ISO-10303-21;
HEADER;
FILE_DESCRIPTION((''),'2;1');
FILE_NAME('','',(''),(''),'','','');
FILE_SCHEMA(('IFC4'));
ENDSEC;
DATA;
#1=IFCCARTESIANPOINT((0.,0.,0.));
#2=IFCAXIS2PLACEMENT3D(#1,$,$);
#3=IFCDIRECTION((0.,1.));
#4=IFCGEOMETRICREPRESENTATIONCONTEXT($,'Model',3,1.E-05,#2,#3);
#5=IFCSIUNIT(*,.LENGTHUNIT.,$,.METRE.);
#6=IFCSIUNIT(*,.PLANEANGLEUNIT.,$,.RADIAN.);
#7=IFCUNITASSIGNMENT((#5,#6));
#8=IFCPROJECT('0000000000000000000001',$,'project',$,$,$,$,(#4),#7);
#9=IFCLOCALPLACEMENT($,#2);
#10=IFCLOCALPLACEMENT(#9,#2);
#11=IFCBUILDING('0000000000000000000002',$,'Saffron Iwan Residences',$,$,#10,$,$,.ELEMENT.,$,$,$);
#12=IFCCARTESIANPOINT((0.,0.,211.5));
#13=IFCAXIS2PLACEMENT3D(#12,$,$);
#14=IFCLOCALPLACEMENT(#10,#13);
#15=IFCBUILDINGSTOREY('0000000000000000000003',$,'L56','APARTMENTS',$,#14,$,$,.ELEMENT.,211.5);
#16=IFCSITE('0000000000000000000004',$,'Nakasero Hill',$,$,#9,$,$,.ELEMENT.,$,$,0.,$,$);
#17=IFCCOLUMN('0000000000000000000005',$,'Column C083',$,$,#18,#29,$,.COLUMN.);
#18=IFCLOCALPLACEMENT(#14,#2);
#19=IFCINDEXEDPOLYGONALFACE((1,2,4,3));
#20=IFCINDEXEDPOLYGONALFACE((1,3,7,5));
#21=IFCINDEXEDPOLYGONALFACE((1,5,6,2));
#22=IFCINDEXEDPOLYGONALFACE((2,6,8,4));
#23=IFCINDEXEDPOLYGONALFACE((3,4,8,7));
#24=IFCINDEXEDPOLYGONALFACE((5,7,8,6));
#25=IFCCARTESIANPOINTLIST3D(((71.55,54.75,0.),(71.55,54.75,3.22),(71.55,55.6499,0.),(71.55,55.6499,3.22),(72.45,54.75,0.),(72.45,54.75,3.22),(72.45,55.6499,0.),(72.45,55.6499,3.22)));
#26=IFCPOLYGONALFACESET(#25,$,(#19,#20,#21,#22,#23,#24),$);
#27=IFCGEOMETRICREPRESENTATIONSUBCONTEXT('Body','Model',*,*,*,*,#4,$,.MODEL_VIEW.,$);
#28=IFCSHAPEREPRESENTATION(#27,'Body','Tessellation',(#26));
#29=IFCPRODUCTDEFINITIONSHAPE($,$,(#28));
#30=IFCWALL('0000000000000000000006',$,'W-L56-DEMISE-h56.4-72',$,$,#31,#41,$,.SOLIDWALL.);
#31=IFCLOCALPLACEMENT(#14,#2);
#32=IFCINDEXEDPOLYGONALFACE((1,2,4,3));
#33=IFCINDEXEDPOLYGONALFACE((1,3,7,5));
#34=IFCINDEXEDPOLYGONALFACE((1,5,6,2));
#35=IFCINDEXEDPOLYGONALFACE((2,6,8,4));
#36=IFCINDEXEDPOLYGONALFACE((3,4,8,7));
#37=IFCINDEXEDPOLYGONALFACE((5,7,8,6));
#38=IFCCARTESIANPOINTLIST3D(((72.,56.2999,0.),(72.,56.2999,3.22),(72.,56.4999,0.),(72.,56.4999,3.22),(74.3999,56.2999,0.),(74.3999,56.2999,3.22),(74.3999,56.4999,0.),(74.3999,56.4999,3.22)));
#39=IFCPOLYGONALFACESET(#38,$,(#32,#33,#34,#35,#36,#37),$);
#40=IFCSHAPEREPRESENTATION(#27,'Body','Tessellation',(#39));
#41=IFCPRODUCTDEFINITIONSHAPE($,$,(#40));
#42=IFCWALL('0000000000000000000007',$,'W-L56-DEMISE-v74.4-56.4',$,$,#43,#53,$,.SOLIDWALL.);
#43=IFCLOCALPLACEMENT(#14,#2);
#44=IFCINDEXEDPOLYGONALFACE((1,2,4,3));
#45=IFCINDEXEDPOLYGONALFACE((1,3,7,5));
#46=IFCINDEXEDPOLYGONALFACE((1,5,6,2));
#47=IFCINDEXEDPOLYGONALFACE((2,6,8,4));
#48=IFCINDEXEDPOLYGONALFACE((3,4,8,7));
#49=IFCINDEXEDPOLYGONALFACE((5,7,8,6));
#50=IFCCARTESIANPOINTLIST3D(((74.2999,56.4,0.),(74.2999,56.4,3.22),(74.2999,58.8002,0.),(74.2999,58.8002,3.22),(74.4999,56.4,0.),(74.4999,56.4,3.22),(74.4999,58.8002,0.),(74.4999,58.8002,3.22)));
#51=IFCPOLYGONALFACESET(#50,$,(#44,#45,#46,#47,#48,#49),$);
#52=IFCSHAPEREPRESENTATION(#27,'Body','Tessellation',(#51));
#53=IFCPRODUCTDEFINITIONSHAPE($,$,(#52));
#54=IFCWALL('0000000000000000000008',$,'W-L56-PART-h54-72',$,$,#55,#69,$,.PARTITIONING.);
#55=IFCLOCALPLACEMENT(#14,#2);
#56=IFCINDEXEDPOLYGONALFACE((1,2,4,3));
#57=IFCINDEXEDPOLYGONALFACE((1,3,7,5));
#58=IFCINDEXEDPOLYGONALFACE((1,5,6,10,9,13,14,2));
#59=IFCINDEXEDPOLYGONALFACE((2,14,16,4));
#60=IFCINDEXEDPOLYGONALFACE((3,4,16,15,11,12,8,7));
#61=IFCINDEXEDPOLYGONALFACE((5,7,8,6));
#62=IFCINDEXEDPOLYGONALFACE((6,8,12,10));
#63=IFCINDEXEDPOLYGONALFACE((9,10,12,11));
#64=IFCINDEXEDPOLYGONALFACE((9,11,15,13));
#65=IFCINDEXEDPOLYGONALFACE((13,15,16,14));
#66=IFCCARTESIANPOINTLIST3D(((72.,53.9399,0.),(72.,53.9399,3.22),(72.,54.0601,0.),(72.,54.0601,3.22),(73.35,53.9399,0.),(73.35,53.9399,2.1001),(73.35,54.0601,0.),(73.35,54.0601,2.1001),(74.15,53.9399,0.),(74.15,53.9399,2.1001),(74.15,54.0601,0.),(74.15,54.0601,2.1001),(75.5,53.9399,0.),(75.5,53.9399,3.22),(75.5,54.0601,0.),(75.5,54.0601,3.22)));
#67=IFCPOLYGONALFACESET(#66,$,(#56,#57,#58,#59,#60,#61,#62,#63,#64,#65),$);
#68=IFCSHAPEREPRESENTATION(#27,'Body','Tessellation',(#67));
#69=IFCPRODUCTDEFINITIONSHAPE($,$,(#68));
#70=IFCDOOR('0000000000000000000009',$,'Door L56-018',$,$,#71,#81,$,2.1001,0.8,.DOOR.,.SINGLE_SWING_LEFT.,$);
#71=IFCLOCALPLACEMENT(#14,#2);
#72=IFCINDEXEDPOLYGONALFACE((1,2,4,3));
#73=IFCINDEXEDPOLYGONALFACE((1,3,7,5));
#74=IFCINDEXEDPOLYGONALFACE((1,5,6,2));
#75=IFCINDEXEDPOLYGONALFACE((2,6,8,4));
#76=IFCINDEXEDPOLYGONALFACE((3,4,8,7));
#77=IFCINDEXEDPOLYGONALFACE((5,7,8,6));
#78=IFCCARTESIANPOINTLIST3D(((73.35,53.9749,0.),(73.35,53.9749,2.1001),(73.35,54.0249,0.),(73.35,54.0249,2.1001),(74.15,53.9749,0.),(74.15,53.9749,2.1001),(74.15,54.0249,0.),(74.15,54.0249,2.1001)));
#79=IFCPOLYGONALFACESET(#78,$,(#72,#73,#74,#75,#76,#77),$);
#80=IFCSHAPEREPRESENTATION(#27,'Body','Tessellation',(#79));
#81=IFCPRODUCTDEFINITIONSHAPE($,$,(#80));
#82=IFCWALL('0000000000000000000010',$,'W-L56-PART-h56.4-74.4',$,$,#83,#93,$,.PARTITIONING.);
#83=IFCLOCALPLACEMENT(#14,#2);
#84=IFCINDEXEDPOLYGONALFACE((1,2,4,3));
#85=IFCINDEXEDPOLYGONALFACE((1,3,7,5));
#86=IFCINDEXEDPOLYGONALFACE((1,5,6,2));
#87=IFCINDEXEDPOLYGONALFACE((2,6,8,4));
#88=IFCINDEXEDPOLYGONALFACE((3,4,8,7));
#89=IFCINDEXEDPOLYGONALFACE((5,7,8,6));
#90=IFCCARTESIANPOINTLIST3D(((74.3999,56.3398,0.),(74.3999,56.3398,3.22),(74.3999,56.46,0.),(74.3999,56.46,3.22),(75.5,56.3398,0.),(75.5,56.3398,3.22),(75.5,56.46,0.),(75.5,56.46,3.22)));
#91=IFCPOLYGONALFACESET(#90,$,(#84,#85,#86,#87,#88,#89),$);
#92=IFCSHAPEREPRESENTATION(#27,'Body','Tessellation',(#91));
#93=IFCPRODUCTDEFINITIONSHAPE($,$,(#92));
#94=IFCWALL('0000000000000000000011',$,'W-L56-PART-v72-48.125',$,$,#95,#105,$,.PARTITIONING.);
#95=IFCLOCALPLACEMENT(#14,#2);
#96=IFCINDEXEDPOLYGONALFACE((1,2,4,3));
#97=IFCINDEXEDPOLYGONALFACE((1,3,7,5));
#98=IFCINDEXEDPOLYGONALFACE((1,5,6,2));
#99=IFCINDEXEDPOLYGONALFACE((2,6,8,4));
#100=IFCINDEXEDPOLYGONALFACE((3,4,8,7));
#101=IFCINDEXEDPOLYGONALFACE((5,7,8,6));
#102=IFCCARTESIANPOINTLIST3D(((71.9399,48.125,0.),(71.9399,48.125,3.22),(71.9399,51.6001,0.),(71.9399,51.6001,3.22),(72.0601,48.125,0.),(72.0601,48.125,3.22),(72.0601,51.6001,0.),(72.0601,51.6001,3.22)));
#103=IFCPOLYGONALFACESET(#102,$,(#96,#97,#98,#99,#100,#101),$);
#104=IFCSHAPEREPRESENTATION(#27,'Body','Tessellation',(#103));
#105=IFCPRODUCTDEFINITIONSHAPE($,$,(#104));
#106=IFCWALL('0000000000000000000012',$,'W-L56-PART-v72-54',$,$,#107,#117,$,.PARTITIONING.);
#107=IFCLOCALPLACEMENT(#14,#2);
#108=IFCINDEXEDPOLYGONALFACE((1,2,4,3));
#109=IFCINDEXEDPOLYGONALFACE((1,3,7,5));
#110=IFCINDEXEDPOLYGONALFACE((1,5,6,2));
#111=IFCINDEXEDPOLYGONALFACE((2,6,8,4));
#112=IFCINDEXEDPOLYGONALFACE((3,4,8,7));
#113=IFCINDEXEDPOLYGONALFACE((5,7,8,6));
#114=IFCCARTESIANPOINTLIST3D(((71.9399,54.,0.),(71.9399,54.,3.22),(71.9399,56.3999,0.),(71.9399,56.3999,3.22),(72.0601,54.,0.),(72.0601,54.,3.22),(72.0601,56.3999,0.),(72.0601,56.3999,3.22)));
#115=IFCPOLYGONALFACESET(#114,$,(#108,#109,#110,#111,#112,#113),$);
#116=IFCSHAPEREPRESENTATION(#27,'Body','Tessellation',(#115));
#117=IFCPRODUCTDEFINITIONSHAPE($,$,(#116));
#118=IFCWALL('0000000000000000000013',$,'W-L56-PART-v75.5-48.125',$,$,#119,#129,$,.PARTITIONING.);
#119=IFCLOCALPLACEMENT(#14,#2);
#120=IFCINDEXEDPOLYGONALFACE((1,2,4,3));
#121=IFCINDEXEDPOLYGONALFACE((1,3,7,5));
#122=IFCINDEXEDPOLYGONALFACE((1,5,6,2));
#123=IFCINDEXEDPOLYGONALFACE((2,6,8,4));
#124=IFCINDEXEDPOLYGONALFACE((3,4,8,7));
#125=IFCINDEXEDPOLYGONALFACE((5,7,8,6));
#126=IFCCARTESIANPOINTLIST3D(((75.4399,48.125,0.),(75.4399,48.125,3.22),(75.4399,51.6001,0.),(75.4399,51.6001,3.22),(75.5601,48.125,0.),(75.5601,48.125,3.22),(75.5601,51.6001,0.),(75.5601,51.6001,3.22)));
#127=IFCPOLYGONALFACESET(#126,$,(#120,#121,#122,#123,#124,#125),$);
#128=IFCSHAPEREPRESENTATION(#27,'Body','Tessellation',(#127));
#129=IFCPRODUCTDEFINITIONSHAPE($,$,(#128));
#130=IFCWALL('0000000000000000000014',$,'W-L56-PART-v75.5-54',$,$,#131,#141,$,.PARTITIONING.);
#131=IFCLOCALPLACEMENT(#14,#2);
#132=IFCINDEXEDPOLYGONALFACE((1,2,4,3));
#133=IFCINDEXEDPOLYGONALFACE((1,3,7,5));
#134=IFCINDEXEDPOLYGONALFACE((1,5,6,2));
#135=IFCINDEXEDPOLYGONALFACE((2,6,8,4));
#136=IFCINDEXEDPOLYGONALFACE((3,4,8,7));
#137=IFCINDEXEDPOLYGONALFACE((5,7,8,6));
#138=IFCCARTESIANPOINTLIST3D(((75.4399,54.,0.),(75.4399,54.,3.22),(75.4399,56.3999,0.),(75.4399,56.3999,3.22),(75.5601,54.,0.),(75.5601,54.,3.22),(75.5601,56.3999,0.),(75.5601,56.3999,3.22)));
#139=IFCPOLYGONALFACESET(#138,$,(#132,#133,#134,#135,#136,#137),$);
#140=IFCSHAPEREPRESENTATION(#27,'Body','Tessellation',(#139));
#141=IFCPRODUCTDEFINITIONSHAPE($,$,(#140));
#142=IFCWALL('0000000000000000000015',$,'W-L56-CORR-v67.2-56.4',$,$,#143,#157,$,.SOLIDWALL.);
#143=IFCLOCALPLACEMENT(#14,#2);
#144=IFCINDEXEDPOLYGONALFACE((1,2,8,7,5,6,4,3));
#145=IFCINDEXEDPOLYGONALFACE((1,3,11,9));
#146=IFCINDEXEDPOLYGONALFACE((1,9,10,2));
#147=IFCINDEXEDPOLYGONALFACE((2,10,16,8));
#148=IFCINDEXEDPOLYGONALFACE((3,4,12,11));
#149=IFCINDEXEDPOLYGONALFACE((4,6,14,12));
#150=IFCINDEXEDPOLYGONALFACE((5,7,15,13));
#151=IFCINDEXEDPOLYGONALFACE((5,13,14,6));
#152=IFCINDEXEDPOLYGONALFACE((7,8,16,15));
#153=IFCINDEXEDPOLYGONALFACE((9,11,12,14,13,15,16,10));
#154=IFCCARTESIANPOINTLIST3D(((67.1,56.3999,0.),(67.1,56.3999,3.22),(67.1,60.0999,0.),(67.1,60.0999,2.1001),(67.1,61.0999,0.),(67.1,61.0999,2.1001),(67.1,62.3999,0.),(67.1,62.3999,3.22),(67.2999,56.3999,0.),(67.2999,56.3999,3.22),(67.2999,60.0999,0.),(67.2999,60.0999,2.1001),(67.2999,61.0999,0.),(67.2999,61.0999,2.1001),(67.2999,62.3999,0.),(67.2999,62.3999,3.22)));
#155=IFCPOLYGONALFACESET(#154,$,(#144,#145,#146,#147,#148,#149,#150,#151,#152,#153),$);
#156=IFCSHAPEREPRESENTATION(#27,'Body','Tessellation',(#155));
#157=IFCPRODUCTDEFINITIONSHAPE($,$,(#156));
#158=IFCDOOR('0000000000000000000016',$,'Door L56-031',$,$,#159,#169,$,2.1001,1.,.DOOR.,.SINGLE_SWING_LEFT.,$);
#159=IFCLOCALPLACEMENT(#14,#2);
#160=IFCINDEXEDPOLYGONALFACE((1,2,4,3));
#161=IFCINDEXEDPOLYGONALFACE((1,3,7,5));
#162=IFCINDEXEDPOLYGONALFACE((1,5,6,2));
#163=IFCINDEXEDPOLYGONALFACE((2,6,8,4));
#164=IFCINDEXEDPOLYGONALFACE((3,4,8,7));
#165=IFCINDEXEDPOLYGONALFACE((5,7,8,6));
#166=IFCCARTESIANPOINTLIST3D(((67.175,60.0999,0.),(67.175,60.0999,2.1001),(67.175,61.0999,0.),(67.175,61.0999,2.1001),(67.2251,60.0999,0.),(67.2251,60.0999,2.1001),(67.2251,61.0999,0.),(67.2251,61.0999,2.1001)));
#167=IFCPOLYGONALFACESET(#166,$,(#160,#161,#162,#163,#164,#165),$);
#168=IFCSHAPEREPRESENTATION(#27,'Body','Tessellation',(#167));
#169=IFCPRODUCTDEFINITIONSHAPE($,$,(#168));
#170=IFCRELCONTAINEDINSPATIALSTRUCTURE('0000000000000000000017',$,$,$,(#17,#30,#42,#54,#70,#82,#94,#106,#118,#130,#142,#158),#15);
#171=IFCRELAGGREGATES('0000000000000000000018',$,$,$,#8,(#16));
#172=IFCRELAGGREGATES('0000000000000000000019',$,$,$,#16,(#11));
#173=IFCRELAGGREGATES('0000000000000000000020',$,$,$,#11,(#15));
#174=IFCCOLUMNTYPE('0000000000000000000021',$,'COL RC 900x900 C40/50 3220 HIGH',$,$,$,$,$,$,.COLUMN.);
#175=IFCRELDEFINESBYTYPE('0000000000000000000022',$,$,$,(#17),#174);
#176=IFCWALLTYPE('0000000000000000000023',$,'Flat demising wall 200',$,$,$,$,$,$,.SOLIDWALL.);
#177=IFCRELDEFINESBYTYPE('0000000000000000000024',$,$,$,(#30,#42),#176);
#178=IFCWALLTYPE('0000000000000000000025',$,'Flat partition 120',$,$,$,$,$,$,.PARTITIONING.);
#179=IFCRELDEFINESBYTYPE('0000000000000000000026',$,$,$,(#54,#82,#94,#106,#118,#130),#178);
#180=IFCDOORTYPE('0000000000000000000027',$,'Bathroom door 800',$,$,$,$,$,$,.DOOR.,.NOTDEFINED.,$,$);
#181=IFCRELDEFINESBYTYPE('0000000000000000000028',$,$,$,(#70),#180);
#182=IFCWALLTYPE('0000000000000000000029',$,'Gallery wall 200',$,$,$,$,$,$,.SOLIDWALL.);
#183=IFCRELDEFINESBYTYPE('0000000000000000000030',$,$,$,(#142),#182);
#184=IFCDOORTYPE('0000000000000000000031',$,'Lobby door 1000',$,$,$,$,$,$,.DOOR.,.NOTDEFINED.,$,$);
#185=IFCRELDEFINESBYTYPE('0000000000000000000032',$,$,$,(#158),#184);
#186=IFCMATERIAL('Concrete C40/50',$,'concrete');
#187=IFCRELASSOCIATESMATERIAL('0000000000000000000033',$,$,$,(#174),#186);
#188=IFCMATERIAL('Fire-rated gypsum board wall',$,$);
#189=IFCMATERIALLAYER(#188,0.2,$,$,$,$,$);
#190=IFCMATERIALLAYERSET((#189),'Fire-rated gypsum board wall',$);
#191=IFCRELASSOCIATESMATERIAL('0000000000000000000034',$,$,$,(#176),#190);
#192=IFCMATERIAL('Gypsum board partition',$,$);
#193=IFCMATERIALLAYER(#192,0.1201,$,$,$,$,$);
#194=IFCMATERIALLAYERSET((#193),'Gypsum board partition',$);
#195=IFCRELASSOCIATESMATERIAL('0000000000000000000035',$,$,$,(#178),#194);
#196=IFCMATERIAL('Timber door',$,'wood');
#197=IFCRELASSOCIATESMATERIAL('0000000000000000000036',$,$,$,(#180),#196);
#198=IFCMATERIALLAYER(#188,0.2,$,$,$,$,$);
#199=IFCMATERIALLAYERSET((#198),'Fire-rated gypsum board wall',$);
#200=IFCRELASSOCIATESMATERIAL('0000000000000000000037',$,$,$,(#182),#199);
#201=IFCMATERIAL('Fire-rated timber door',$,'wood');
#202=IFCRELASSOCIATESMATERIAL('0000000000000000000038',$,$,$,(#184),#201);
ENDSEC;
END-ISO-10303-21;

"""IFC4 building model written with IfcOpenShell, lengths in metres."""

from ifc_helpers import new_model, si_unit, direction, frame, frame_2d, origin, origin_2d, place, context, subcontext, project, spatial, rectangle, extrude, source, transform, mapped, material, layer, layer_set, material_profile, profile_set, type_object, element, fill, save


model = new_model("IFC4")

# Units and contexts
model_context = context("Model", 3, precision=1e-05, world=origin(), true_north=direction((0.0, 1.0)))
body_context = subcontext(model_context, "Body", "Model", "MODEL_VIEW")
ifc_project = project(units=[si_unit("LENGTHUNIT", "METRE"), si_unit("PLANEANGLEUNIT", "RADIAN")], contexts=[model_context])

# Site, building, storey
site_placement = place(None, origin())
site = spatial("IfcSite", under=ifc_project, at=site_placement, Name="Nakasero Hill", CompositionType="ELEMENT", RefElevation=0.0)
building_placement = place(site_placement, origin())
building = spatial("IfcBuilding", under=site, at=building_placement, Name="Saffron Iwan Residences", CompositionType="ELEMENT")
storey_placement = place(building_placement, frame((0.0, 0.0, 211.5)))
storey = spatial("IfcBuildingStorey", under=building, at=storey_placement, Name="L56", Description="APARTMENTS", CompositionType="ELEMENT", Elevation=211.5)

# Column
ifc_material_1 = material(Name="Concrete C40/50", Category="concrete")
ifc_material_profile = material_profile(ifc_material_1, rectangle(XDim=0.8999, YDim=0.8999, at=origin_2d()), Name="RC 900x900")
ifc_profile_set = profile_set([ifc_material_profile], Name="Concrete C40/50")
column_type = type_object("IfcColumnType", Name="COL RC 900x900 C40/50 3220 HIGH", PredefinedType="COLUMN", material=ifc_profile_set)
shared_shape = source(origin(), body_context, "Body", "SweptSolid", [
    extrude(rectangle(XDim=0.8999, YDim=0.8999, at=origin_2d()), origin(), (0.0, 0.0, 1.0), 3.22),
])
column_placement = place(storey_placement, frame((72.0, 55.2, 0.0), z_axis=(0.0, 0.0, 1.0), x_axis=(1.0, 0.0, 0.0)))
element("IfcColumn", 1, at=column_placement, inside=storey, type_object=column_type, Name="Column C083", PredefinedType="COLUMN", context=body_context, shape_type="MappedRepresentation", body=[
    mapped(shared_shape, transform((0.0, 0.0, 0.0))),
])

# Walls
ifc_material_2 = material(Name="Fire-rated gypsum board wall")
ifc_layer_1 = layer(ifc_material_2, 0.2)
ifc_layer_set_1 = layer_set([ifc_layer_1], Name="Fire-rated gypsum board wall")
wall_type_1 = type_object("IfcWallType", Name="Flat demising wall 200", PredefinedType="SOLIDWALL", material=ifc_layer_set_1)
wall_1_placement = place(storey_placement, frame((72.0, 56.3999, 0.0), z_axis=(0.0, 0.0, 1.0), x_axis=(1.0, 0.0, 0.0)))
element("IfcWall", 2, at=wall_1_placement, inside=storey, type_object=wall_type_1, Name="W-L56-DEMISE-h56.4-72", PredefinedType="SOLIDWALL", context=body_context, shape_type="SweptSolid", body=[
    extrude(rectangle(XDim=2.3999, YDim=0.2, at=frame_2d((1.2, 0.0))), origin(), (0.0, 0.0, 1.0), 3.22),
])
wall_2_placement = place(storey_placement, frame((74.3999, 56.3999, 0.0), z_axis=(0.0, 0.0, 1.0), x_axis=(0.0, 1.0, 0.0)))
element("IfcWall", 3, at=wall_2_placement, inside=storey, type_object=wall_type_1, Name="W-L56-DEMISE-v74.4-56.4", PredefinedType="SOLIDWALL", context=body_context, shape_type="SweptSolid", body=[
    extrude(rectangle(XDim=2.4001, YDim=0.2, at=frame_2d((1.2002, 0.0))), origin(), (0.0, 0.0, 1.0), 3.22),
])

# Wall, opening, door
ifc_material_3 = material(Name="Gypsum board partition")
ifc_layer_2 = layer(ifc_material_3, 0.1201)
ifc_layer_set_2 = layer_set([ifc_layer_2], Name="Gypsum board partition")
wall_type_2 = type_object("IfcWallType", Name="Flat partition 120", PredefinedType="PARTITIONING", material=ifc_layer_set_2)
wall_3_placement = place(storey_placement, frame((72.0, 54.0, 0.0), z_axis=(0.0, 0.0, 1.0), x_axis=(1.0, 0.0, 0.0)))
wall_3 = element("IfcWall", 4, at=wall_3_placement, inside=storey, type_object=wall_type_2, Name="W-L56-PART-h54-72", PredefinedType="PARTITIONING", context=body_context, shape_type="SweptSolid", body=[
    extrude(rectangle(XDim=3.5, YDim=0.1201, at=frame_2d((1.75, 0.0))), origin(), (0.0, 0.0, 1.0), 3.22),
])
opening_1_placement = place(wall_3_placement, frame((1.3501, 0.0, 0.0)))
opening_1 = element("IfcOpeningElement", 5, at=opening_1_placement, cuts=wall_3, PredefinedType="OPENING", context=body_context, shape_type="SweptSolid", body=[
    extrude(rectangle(XDim=0.8, YDim=2.1001, at=frame_2d((0.3999, 1.05))), frame((0.0, 0.0701, 0.0), z_axis=(0.0, -1.0, 0.0), x_axis=(1.0, 0.0, 0.0)), (0.0, 0.0, 1.0), 0.1401),
])
ifc_material_4 = material(Name="Timber door", Category="wood")
door_type_1 = type_object("IfcDoorType", Name="Bathroom door 800", OperationType="NOTDEFINED", PredefinedType="DOOR", material=ifc_material_4)
door_1_placement = place(opening_1_placement, origin())
door_1 = element("IfcDoor", 6, at=door_1_placement, inside=storey, type_object=door_type_1, Name="Door L56-018", OperationType="SINGLE_SWING_LEFT", OverallHeight=2.1001, OverallWidth=0.8, PredefinedType="DOOR", context=body_context, shape_type="SweptSolid", body=[
    extrude(rectangle(XDim=0.8, YDim=2.1001, at=frame_2d((0.3999, 1.05))), frame((0.0, 0.0249, 0.0), z_axis=(0.0, -1.0, 0.0), x_axis=(1.0, 0.0, 0.0)), (0.0, 0.0, 1.0), 0.05),
])
fill(opening_1, door_1)

# Walls
wall_4_placement = place(storey_placement, frame((74.3999, 56.3999, 0.0), z_axis=(0.0, 0.0, 1.0), x_axis=(1.0, 0.0, 0.0)))
element("IfcWall", 7, at=wall_4_placement, inside=storey, type_object=wall_type_2, Name="W-L56-PART-h56.4-74.4", PredefinedType="PARTITIONING", context=body_context, shape_type="SweptSolid", body=[
    extrude(rectangle(XDim=1.1001, YDim=0.1201, at=frame_2d((0.55, 0.0))), origin(), (0.0, 0.0, 1.0), 3.22),
])
wall_5_placement = place(storey_placement, frame((72.0, 48.125, 0.0), z_axis=(0.0, 0.0, 1.0), x_axis=(0.0, 1.0, 0.0)))
element("IfcWall", 8, at=wall_5_placement, inside=storey, type_object=wall_type_2, Name="W-L56-PART-v72-48.125", PredefinedType="PARTITIONING", context=body_context, shape_type="SweptSolid", body=[
    extrude(rectangle(XDim=3.4751, YDim=0.1201, at=frame_2d((1.7375, 0.0))), origin(), (0.0, 0.0, 1.0), 3.22),
])
wall_6_placement = place(storey_placement, frame((72.0, 54.0, 0.0), z_axis=(0.0, 0.0, 1.0), x_axis=(0.0, 1.0, 0.0)))
element("IfcWall", 9, at=wall_6_placement, inside=storey, type_object=wall_type_2, Name="W-L56-PART-v72-54", PredefinedType="PARTITIONING", context=body_context, shape_type="SweptSolid", body=[
    extrude(rectangle(XDim=2.3999, YDim=0.1201, at=frame_2d((1.2, 0.0))), origin(), (0.0, 0.0, 1.0), 3.22),
])
wall_7_placement = place(storey_placement, frame((75.5, 48.125, 0.0), z_axis=(0.0, 0.0, 1.0), x_axis=(0.0, 1.0, 0.0)))
element("IfcWall", 10, at=wall_7_placement, inside=storey, type_object=wall_type_2, Name="W-L56-PART-v75.5-48.125", PredefinedType="PARTITIONING", context=body_context, shape_type="SweptSolid", body=[
    extrude(rectangle(XDim=3.4751, YDim=0.1201, at=frame_2d((1.7375, 0.0))), origin(), (0.0, 0.0, 1.0), 3.22),
])
wall_8_placement = place(storey_placement, frame((75.5, 54.0, 0.0), z_axis=(0.0, 0.0, 1.0), x_axis=(0.0, 1.0, 0.0)))
element("IfcWall", 11, at=wall_8_placement, inside=storey, type_object=wall_type_2, Name="W-L56-PART-v75.5-54", PredefinedType="PARTITIONING", context=body_context, shape_type="SweptSolid", body=[
    extrude(rectangle(XDim=2.3999, YDim=0.1201, at=frame_2d((1.2, 0.0))), origin(), (0.0, 0.0, 1.0), 3.22),
])

# Wall, opening, door
ifc_layer_3 = layer(ifc_material_2, 0.2)
ifc_layer_set_3 = layer_set([ifc_layer_3], Name="Fire-rated gypsum board wall")
wall_type_3 = type_object("IfcWallType", Name="Gallery wall 200", PredefinedType="SOLIDWALL", material=ifc_layer_set_3)
wall_9_placement = place(storey_placement, frame((67.2, 56.3999, 0.0), z_axis=(0.0, 0.0, 1.0), x_axis=(0.0, 1.0, 0.0)))
wall_9 = element("IfcWall", 12, at=wall_9_placement, inside=storey, type_object=wall_type_3, Name="W-L56-CORR-v67.2-56.4", PredefinedType="SOLIDWALL", context=body_context, shape_type="SweptSolid", body=[
    extrude(rectangle(XDim=6.0, YDim=0.2, at=frame_2d((3.0, 0.0))), origin(), (0.0, 0.0, 1.0), 3.22),
])
opening_2_placement = place(wall_9_placement, frame((3.7, 0.0, 0.0)))
opening_2 = element("IfcOpeningElement", 13, at=opening_2_placement, cuts=wall_9, PredefinedType="OPENING", context=body_context, shape_type="SweptSolid", body=[
    extrude(rectangle(XDim=1.0, YDim=2.1001, at=frame_2d((0.5, 1.05))), frame((0.0, 0.1099, 0.0), z_axis=(0.0, -1.0, 0.0), x_axis=(1.0, 0.0, 0.0)), (0.0, 0.0, 1.0), 0.22),
])
ifc_material_5 = material(Name="Fire-rated timber door", Category="wood")
door_type_2 = type_object("IfcDoorType", Name="Lobby door 1000", OperationType="NOTDEFINED", PredefinedType="DOOR", material=ifc_material_5)
door_2_placement = place(opening_2_placement, origin())
door_2 = element("IfcDoor", 14, at=door_2_placement, inside=storey, type_object=door_type_2, Name="Door L56-031", OperationType="SINGLE_SWING_LEFT", OverallHeight=2.1001, OverallWidth=1.0, PredefinedType="DOOR", context=body_context, shape_type="SweptSolid", body=[
    extrude(rectangle(XDim=1.0, YDim=2.1001, at=frame_2d((0.5, 1.05))), frame((0.0, 0.0249, 0.0), z_axis=(0.0, -1.0, 0.0), x_axis=(1.0, 0.0, 0.0)), (0.0, 0.0, 1.0), 0.05),
])
fill(opening_2, door_2)

save(model, "model.ifc")
